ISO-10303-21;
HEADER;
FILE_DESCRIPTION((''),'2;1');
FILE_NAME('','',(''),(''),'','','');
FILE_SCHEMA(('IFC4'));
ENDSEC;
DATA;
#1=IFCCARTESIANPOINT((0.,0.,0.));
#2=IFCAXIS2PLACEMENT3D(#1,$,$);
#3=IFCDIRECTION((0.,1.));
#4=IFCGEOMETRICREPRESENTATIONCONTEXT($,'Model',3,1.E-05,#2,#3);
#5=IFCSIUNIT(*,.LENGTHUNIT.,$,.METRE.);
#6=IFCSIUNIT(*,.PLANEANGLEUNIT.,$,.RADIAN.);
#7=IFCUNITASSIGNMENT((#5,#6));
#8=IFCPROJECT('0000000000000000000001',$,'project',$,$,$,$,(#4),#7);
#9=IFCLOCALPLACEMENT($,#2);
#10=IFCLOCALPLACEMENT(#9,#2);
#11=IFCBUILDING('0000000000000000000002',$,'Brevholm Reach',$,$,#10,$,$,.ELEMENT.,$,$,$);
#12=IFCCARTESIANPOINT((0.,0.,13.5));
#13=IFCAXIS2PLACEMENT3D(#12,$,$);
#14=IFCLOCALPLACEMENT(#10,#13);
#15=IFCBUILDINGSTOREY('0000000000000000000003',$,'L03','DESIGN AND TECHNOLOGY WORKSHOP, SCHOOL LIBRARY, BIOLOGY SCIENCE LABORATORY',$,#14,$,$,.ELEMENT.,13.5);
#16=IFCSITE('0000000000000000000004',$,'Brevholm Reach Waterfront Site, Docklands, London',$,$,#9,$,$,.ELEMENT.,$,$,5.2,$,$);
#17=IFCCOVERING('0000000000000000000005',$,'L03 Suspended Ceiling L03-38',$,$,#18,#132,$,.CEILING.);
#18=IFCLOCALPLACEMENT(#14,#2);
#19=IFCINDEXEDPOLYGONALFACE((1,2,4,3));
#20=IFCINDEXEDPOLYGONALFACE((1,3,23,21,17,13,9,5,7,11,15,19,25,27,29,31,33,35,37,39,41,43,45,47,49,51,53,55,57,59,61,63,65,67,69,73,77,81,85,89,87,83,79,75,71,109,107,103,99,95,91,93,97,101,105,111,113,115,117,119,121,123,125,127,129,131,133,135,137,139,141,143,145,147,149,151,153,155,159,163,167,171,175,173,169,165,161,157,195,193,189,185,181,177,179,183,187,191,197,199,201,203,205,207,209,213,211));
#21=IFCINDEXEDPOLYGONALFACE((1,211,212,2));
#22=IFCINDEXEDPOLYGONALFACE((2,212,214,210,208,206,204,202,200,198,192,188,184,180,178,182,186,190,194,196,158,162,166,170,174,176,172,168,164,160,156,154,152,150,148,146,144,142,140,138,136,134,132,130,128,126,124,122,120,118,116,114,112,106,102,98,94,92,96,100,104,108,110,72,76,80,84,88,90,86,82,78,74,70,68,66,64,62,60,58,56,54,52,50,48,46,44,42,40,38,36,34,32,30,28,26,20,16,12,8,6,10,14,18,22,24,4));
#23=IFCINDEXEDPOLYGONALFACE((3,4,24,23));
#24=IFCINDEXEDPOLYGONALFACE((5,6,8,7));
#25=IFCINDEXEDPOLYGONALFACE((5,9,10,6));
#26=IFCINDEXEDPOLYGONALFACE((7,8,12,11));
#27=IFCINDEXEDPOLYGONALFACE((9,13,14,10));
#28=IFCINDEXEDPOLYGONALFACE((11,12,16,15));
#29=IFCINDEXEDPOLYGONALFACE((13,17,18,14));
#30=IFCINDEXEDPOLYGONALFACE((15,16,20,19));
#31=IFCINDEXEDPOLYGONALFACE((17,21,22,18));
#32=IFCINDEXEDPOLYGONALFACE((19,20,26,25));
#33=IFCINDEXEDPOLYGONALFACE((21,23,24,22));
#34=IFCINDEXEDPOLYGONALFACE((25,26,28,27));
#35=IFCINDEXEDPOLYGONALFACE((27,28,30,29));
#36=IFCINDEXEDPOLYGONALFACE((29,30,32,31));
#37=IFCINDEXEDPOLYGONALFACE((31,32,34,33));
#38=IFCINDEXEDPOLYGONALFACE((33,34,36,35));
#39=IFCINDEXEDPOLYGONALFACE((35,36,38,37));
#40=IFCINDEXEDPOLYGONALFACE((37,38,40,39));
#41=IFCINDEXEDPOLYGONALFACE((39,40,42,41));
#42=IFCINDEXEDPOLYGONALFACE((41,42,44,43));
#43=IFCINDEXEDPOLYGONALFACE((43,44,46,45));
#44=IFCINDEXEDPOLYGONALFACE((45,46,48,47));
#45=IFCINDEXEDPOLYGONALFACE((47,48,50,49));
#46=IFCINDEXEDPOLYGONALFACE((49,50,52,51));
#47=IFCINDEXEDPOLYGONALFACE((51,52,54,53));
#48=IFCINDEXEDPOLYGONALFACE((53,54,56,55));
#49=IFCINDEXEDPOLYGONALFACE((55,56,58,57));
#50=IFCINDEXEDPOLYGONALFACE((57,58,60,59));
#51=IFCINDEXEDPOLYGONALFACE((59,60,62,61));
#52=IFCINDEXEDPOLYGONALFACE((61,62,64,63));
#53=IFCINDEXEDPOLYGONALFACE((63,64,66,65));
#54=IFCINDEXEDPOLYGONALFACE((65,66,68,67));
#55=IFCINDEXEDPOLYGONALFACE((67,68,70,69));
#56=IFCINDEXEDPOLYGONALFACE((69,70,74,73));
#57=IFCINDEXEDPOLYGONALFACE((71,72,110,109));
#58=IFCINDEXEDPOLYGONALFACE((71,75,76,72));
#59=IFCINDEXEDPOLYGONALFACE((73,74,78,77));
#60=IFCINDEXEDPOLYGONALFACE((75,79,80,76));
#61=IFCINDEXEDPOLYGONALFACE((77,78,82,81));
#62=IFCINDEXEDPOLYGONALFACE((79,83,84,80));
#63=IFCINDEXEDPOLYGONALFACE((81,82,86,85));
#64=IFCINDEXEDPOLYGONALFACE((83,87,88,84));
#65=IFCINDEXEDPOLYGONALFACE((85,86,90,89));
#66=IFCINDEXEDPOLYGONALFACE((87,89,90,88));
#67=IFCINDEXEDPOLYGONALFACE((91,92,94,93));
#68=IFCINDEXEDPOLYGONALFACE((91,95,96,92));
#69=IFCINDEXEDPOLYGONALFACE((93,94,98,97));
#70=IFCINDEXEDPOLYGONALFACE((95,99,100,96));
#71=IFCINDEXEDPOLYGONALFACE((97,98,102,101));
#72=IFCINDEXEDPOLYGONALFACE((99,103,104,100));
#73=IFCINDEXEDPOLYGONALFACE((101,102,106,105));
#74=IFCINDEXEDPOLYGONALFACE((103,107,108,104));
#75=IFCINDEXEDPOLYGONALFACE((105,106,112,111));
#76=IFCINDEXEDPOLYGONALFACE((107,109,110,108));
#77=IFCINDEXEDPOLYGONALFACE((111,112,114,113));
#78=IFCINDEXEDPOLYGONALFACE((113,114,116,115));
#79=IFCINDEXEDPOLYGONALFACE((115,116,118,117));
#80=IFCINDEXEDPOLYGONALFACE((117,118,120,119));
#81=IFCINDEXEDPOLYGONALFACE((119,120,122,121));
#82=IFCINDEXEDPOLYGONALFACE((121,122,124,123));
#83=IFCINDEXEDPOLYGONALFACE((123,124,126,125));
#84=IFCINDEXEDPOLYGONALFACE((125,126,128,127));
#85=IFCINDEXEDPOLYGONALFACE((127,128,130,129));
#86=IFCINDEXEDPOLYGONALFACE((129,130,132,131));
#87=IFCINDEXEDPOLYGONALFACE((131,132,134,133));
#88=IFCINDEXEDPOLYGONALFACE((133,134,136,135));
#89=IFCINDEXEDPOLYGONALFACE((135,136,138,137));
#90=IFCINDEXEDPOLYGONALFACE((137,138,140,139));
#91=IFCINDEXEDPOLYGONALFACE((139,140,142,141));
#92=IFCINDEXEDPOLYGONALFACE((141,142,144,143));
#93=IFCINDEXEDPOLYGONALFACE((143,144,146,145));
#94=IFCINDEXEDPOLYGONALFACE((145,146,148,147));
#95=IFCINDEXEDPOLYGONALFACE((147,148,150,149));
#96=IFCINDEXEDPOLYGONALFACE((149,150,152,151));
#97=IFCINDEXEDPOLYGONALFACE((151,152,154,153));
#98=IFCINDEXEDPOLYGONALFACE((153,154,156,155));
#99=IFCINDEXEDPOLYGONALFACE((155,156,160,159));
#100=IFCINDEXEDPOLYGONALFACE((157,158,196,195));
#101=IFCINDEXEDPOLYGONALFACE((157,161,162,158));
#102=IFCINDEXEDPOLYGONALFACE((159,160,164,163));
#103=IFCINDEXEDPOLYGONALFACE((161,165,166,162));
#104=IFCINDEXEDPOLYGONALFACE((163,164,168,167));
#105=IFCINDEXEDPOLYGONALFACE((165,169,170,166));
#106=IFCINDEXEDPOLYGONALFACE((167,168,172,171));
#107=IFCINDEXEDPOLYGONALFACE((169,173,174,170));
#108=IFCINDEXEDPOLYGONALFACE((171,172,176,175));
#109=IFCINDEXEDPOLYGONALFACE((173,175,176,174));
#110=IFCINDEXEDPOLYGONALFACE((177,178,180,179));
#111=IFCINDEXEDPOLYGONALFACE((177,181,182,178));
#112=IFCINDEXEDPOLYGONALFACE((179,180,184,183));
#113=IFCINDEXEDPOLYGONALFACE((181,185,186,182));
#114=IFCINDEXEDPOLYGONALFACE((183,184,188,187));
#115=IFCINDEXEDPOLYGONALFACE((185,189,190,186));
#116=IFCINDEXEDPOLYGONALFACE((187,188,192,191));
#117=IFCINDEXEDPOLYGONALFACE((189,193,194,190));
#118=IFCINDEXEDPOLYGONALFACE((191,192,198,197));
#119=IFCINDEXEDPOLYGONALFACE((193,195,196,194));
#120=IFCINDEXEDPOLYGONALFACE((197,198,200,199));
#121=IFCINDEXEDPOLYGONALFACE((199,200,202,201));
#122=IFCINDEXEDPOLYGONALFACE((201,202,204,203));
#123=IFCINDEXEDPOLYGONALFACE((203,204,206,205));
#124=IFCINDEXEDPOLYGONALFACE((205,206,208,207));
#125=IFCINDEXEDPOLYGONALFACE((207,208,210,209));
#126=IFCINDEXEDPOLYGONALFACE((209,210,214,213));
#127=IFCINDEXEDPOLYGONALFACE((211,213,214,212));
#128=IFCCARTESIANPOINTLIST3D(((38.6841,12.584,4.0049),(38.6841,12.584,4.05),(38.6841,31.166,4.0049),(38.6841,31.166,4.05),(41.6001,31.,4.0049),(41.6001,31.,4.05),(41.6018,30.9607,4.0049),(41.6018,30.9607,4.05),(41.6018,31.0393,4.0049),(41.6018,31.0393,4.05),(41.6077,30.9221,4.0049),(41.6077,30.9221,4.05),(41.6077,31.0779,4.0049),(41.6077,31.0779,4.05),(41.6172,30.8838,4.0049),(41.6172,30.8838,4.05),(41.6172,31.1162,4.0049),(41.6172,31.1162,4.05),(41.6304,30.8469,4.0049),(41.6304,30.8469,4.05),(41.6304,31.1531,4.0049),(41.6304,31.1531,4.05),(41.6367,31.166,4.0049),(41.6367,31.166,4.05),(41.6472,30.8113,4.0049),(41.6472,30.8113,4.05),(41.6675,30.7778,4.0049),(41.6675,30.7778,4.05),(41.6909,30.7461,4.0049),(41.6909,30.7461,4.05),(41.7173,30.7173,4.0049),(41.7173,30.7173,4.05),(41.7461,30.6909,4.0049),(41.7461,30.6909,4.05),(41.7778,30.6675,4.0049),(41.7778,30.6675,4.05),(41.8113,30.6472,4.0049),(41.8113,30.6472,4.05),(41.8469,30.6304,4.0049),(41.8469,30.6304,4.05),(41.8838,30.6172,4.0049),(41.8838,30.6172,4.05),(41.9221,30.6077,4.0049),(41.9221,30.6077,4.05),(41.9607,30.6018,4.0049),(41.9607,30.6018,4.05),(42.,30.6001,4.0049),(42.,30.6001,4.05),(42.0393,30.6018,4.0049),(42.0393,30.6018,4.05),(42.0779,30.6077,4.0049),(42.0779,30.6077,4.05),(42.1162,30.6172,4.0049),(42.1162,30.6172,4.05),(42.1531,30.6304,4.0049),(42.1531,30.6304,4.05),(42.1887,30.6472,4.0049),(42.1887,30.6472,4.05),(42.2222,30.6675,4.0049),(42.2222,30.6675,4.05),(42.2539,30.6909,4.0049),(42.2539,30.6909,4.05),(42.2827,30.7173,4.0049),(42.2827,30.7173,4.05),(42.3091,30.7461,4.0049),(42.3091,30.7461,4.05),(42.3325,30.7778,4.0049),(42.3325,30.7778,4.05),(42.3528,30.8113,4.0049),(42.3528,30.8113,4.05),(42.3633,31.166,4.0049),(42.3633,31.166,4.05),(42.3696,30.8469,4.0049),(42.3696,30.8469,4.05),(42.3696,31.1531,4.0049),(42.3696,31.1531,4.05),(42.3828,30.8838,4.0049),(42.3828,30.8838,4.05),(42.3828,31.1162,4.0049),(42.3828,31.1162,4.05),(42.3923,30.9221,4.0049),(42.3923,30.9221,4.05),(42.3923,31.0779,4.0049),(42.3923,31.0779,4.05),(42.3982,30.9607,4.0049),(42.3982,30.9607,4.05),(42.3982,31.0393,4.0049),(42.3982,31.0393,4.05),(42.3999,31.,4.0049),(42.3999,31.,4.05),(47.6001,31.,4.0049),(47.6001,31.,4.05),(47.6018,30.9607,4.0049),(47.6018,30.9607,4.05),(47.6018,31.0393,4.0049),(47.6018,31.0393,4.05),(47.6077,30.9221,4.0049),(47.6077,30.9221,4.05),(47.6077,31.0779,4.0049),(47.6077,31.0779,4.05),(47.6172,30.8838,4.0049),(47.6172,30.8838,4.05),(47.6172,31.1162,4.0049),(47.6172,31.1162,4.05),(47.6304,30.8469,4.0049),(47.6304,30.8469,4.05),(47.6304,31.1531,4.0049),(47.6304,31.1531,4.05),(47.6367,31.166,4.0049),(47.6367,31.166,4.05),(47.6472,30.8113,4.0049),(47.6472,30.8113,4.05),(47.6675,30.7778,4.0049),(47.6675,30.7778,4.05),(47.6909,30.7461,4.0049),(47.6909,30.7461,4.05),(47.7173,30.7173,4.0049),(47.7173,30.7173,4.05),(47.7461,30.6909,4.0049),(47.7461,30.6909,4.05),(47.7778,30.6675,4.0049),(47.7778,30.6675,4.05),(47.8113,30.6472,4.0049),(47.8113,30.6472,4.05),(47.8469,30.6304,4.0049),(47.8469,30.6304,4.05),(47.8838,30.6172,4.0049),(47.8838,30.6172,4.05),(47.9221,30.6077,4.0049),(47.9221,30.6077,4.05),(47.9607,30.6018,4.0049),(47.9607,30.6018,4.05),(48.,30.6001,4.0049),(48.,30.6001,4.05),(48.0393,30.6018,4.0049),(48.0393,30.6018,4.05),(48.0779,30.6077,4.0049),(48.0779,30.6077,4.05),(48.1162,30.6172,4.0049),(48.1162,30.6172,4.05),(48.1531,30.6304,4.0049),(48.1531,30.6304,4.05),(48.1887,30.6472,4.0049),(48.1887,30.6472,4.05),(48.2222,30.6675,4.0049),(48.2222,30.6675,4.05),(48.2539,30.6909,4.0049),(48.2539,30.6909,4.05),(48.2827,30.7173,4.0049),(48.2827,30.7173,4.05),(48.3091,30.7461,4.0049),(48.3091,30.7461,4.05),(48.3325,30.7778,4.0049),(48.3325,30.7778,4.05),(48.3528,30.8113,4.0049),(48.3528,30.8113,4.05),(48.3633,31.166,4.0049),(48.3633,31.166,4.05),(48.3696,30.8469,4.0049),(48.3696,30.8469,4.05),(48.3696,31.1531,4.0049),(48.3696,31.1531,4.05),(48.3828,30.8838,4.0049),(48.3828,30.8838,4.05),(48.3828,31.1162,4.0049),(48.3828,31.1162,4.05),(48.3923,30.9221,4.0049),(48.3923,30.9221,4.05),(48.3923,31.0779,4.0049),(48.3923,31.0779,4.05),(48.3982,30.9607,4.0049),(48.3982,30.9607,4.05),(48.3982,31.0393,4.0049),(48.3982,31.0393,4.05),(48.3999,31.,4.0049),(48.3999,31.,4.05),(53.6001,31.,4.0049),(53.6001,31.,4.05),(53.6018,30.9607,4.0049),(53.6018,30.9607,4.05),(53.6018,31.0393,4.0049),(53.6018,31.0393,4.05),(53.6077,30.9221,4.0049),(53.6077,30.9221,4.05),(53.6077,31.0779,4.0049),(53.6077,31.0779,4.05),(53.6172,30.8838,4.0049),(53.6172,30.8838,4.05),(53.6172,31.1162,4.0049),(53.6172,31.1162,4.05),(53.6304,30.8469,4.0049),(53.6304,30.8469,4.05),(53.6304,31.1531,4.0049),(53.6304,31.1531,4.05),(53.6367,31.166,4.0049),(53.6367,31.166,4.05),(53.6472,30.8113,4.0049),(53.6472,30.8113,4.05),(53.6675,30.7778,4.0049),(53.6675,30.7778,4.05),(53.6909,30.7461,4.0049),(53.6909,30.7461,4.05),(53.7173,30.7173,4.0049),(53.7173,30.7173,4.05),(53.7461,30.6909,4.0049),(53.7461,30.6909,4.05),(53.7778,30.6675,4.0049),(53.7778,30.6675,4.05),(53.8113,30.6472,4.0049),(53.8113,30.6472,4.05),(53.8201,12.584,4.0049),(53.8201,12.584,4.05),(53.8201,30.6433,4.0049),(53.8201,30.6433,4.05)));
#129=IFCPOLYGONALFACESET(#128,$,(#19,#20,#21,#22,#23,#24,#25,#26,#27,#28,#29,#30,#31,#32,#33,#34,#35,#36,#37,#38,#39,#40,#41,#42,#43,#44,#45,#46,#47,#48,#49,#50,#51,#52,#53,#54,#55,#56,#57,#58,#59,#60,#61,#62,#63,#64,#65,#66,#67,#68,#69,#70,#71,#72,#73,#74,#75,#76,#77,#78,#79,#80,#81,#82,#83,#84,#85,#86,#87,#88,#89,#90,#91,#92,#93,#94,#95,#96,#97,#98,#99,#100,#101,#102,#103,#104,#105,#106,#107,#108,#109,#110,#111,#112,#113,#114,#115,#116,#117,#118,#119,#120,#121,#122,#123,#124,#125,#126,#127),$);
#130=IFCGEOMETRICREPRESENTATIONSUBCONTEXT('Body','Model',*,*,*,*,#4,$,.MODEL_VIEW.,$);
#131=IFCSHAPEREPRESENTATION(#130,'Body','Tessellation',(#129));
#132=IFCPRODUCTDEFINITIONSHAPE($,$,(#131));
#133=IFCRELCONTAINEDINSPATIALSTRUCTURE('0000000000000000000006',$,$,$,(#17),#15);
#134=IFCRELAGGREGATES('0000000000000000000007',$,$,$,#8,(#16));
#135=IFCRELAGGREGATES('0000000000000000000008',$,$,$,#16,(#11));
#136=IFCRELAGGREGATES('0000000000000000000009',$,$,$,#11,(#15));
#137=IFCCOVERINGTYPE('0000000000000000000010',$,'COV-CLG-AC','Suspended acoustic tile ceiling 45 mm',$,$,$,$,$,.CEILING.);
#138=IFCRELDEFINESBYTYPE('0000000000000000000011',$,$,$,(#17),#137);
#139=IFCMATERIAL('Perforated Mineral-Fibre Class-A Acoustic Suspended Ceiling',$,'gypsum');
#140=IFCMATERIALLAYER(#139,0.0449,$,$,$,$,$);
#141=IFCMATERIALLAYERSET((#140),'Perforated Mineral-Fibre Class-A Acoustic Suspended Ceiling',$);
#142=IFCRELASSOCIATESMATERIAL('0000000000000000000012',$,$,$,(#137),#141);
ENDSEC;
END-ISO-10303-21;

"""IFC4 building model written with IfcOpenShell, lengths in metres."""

from ifc_helpers import new_model, si_unit, direction, frame, origin, place, context, subcontext, project, spatial, polyline, outline, extrude, material, layer, layer_set, type_object, element, save


model = new_model("IFC4")

# Units and contexts
model_context = context("Model", 3, precision=1e-05, world=origin(), true_north=direction((0.0, 1.0)))
body_context = subcontext(model_context, "Body", "Model", "MODEL_VIEW")
ifc_project = project(units=[si_unit("LENGTHUNIT", "METRE"), si_unit("PLANEANGLEUNIT", "RADIAN")], contexts=[model_context])

# Site, building, storey
site_placement = place(None, origin())
site = spatial("IfcSite", under=ifc_project, at=site_placement, Name="Brevholm Reach Waterfront Site, Docklands, London", CompositionType="ELEMENT", RefElevation=5.2)
building_placement = place(site_placement, origin())
building = spatial("IfcBuilding", under=site, at=building_placement, Name="Brevholm Reach", CompositionType="ELEMENT")
storey_placement = place(building_placement, frame((0.0, 0.0, 13.5)))
storey = spatial("IfcBuildingStorey", under=building, at=storey_placement, Name="L03", Description="DESIGN AND TECHNOLOGY WORKSHOP, SCHOOL LIBRARY, BIOLOGY SCIENCE LABORATORY", CompositionType="ELEMENT", Elevation=13.5)

# Covering
ifc_material_1 = material(Name="Perforated Mineral-Fibre Class-A Acoustic Suspended Ceiling", Category="gypsum")
ifc_layer_1 = layer(ifc_material_1, 0.0449)
ifc_layer_set_1 = layer_set([ifc_layer_1], Name="Perforated Mineral-Fibre Class-A Acoustic Suspended Ceiling")
covering_type_1 = type_object("IfcCoveringType", Name="COV-CLG-AC", Description="Suspended acoustic tile ceiling 45 mm", PredefinedType="CEILING", material=ifc_layer_set_1)
covering_1_placement = place(storey_placement, frame((0.0, 0.0, 4.0049)))
element("IfcCovering", 1, at=covering_1_placement, inside=storey, type_object=covering_type_1, Name="L03 Suspended Ceiling L03-38", PredefinedType="CEILING", context=body_context, shape_type="SweptSolid", body=[
    extrude(outline(polyline([(53.8201, 12.584), (38.6841, 12.584), (38.6841, 31.166), (41.6367, 31.166), (41.6304, 31.1531), (41.6172, 31.1162), (41.6077, 31.0779), (41.6018, 31.0393), (41.6001, 31.0), (41.6018, 30.9607), (41.6077, 30.9221), (41.6172, 30.8838), (41.6304, 30.8469), (41.6472, 30.8113), (41.6675, 30.7778), (41.6909, 30.7461), (41.7173, 30.7173), (41.7461, 30.6909), (41.7778, 30.6675), (41.8113, 30.6472), (41.8469, 30.6304), (41.8838, 30.6172), (41.9221, 30.6077), (41.9607, 30.6018), (42.0, 30.6001), (42.0393, 30.6018), (42.0779, 30.6077), (42.1162, 30.6172), (42.1531, 30.6304), (42.1887, 30.6472), (42.2222, 30.6675), (42.2539, 30.6909), (42.2827, 30.7173), (42.3091, 30.7461), (42.3325, 30.7778), (42.3528, 30.8113), (42.3696, 30.8469), (42.3828, 30.8838), (42.3923, 30.9221), (42.3982, 30.9607), (42.3999, 31.0), (42.3982, 31.0393), (42.3923, 31.0779), (42.3828, 31.1162), (42.3696, 31.1531), (42.3633, 31.166), (47.6367, 31.166), (47.6304, 31.1531), (47.6172, 31.1162), (47.6077, 31.0779), (47.6018, 31.0393), (47.6001, 31.0), (47.6018, 30.9607), (47.6077, 30.9221), (47.6172, 30.8838), (47.6304, 30.8469), (47.6472, 30.8113), (47.6675, 30.7778), (47.6909, 30.7461), (47.7173, 30.7173), (47.7461, 30.6909), (47.7778, 30.6675), (47.8113, 30.6472), (47.8469, 30.6304), (47.8838, 30.6172), (47.9221, 30.6077), (47.9607, 30.6018), (48.0, 30.6001), (48.0393, 30.6018), (48.0779, 30.6077), (48.1162, 30.6172), (48.1531, 30.6304), (48.1887, 30.6472), (48.2222, 30.6675), (48.2539, 30.6909), (48.2827, 30.7173), (48.3091, 30.7461), (48.3325, 30.7778), (48.3528, 30.8113), (48.3696, 30.8469), (48.3828, 30.8838), (48.3923, 30.9221), (48.3982, 30.9607), (48.3999, 31.0), (48.3982, 31.0393), (48.3923, 31.0779), (48.3828, 31.1162), (48.3696, 31.1531), (48.3633, 31.166), (53.6367, 31.166), (53.6304, 31.1531), (53.6172, 31.1162), (53.6077, 31.0779), (53.6018, 31.0393), (53.6001, 31.0), (53.6018, 30.9607), (53.6077, 30.9221), (53.6172, 30.8838), (53.6304, 30.8469), (53.6472, 30.8113), (53.6675, 30.7778), (53.6909, 30.7461), (53.7173, 30.7173), (53.7461, 30.6909), (53.7778, 30.6675), (53.8113, 30.6472), (53.8201, 30.6433), (53.8201, 12.584)])), origin(), (0.0, 0.0, 1.0), 0.0452),
])

save(model, "model.ifc")
